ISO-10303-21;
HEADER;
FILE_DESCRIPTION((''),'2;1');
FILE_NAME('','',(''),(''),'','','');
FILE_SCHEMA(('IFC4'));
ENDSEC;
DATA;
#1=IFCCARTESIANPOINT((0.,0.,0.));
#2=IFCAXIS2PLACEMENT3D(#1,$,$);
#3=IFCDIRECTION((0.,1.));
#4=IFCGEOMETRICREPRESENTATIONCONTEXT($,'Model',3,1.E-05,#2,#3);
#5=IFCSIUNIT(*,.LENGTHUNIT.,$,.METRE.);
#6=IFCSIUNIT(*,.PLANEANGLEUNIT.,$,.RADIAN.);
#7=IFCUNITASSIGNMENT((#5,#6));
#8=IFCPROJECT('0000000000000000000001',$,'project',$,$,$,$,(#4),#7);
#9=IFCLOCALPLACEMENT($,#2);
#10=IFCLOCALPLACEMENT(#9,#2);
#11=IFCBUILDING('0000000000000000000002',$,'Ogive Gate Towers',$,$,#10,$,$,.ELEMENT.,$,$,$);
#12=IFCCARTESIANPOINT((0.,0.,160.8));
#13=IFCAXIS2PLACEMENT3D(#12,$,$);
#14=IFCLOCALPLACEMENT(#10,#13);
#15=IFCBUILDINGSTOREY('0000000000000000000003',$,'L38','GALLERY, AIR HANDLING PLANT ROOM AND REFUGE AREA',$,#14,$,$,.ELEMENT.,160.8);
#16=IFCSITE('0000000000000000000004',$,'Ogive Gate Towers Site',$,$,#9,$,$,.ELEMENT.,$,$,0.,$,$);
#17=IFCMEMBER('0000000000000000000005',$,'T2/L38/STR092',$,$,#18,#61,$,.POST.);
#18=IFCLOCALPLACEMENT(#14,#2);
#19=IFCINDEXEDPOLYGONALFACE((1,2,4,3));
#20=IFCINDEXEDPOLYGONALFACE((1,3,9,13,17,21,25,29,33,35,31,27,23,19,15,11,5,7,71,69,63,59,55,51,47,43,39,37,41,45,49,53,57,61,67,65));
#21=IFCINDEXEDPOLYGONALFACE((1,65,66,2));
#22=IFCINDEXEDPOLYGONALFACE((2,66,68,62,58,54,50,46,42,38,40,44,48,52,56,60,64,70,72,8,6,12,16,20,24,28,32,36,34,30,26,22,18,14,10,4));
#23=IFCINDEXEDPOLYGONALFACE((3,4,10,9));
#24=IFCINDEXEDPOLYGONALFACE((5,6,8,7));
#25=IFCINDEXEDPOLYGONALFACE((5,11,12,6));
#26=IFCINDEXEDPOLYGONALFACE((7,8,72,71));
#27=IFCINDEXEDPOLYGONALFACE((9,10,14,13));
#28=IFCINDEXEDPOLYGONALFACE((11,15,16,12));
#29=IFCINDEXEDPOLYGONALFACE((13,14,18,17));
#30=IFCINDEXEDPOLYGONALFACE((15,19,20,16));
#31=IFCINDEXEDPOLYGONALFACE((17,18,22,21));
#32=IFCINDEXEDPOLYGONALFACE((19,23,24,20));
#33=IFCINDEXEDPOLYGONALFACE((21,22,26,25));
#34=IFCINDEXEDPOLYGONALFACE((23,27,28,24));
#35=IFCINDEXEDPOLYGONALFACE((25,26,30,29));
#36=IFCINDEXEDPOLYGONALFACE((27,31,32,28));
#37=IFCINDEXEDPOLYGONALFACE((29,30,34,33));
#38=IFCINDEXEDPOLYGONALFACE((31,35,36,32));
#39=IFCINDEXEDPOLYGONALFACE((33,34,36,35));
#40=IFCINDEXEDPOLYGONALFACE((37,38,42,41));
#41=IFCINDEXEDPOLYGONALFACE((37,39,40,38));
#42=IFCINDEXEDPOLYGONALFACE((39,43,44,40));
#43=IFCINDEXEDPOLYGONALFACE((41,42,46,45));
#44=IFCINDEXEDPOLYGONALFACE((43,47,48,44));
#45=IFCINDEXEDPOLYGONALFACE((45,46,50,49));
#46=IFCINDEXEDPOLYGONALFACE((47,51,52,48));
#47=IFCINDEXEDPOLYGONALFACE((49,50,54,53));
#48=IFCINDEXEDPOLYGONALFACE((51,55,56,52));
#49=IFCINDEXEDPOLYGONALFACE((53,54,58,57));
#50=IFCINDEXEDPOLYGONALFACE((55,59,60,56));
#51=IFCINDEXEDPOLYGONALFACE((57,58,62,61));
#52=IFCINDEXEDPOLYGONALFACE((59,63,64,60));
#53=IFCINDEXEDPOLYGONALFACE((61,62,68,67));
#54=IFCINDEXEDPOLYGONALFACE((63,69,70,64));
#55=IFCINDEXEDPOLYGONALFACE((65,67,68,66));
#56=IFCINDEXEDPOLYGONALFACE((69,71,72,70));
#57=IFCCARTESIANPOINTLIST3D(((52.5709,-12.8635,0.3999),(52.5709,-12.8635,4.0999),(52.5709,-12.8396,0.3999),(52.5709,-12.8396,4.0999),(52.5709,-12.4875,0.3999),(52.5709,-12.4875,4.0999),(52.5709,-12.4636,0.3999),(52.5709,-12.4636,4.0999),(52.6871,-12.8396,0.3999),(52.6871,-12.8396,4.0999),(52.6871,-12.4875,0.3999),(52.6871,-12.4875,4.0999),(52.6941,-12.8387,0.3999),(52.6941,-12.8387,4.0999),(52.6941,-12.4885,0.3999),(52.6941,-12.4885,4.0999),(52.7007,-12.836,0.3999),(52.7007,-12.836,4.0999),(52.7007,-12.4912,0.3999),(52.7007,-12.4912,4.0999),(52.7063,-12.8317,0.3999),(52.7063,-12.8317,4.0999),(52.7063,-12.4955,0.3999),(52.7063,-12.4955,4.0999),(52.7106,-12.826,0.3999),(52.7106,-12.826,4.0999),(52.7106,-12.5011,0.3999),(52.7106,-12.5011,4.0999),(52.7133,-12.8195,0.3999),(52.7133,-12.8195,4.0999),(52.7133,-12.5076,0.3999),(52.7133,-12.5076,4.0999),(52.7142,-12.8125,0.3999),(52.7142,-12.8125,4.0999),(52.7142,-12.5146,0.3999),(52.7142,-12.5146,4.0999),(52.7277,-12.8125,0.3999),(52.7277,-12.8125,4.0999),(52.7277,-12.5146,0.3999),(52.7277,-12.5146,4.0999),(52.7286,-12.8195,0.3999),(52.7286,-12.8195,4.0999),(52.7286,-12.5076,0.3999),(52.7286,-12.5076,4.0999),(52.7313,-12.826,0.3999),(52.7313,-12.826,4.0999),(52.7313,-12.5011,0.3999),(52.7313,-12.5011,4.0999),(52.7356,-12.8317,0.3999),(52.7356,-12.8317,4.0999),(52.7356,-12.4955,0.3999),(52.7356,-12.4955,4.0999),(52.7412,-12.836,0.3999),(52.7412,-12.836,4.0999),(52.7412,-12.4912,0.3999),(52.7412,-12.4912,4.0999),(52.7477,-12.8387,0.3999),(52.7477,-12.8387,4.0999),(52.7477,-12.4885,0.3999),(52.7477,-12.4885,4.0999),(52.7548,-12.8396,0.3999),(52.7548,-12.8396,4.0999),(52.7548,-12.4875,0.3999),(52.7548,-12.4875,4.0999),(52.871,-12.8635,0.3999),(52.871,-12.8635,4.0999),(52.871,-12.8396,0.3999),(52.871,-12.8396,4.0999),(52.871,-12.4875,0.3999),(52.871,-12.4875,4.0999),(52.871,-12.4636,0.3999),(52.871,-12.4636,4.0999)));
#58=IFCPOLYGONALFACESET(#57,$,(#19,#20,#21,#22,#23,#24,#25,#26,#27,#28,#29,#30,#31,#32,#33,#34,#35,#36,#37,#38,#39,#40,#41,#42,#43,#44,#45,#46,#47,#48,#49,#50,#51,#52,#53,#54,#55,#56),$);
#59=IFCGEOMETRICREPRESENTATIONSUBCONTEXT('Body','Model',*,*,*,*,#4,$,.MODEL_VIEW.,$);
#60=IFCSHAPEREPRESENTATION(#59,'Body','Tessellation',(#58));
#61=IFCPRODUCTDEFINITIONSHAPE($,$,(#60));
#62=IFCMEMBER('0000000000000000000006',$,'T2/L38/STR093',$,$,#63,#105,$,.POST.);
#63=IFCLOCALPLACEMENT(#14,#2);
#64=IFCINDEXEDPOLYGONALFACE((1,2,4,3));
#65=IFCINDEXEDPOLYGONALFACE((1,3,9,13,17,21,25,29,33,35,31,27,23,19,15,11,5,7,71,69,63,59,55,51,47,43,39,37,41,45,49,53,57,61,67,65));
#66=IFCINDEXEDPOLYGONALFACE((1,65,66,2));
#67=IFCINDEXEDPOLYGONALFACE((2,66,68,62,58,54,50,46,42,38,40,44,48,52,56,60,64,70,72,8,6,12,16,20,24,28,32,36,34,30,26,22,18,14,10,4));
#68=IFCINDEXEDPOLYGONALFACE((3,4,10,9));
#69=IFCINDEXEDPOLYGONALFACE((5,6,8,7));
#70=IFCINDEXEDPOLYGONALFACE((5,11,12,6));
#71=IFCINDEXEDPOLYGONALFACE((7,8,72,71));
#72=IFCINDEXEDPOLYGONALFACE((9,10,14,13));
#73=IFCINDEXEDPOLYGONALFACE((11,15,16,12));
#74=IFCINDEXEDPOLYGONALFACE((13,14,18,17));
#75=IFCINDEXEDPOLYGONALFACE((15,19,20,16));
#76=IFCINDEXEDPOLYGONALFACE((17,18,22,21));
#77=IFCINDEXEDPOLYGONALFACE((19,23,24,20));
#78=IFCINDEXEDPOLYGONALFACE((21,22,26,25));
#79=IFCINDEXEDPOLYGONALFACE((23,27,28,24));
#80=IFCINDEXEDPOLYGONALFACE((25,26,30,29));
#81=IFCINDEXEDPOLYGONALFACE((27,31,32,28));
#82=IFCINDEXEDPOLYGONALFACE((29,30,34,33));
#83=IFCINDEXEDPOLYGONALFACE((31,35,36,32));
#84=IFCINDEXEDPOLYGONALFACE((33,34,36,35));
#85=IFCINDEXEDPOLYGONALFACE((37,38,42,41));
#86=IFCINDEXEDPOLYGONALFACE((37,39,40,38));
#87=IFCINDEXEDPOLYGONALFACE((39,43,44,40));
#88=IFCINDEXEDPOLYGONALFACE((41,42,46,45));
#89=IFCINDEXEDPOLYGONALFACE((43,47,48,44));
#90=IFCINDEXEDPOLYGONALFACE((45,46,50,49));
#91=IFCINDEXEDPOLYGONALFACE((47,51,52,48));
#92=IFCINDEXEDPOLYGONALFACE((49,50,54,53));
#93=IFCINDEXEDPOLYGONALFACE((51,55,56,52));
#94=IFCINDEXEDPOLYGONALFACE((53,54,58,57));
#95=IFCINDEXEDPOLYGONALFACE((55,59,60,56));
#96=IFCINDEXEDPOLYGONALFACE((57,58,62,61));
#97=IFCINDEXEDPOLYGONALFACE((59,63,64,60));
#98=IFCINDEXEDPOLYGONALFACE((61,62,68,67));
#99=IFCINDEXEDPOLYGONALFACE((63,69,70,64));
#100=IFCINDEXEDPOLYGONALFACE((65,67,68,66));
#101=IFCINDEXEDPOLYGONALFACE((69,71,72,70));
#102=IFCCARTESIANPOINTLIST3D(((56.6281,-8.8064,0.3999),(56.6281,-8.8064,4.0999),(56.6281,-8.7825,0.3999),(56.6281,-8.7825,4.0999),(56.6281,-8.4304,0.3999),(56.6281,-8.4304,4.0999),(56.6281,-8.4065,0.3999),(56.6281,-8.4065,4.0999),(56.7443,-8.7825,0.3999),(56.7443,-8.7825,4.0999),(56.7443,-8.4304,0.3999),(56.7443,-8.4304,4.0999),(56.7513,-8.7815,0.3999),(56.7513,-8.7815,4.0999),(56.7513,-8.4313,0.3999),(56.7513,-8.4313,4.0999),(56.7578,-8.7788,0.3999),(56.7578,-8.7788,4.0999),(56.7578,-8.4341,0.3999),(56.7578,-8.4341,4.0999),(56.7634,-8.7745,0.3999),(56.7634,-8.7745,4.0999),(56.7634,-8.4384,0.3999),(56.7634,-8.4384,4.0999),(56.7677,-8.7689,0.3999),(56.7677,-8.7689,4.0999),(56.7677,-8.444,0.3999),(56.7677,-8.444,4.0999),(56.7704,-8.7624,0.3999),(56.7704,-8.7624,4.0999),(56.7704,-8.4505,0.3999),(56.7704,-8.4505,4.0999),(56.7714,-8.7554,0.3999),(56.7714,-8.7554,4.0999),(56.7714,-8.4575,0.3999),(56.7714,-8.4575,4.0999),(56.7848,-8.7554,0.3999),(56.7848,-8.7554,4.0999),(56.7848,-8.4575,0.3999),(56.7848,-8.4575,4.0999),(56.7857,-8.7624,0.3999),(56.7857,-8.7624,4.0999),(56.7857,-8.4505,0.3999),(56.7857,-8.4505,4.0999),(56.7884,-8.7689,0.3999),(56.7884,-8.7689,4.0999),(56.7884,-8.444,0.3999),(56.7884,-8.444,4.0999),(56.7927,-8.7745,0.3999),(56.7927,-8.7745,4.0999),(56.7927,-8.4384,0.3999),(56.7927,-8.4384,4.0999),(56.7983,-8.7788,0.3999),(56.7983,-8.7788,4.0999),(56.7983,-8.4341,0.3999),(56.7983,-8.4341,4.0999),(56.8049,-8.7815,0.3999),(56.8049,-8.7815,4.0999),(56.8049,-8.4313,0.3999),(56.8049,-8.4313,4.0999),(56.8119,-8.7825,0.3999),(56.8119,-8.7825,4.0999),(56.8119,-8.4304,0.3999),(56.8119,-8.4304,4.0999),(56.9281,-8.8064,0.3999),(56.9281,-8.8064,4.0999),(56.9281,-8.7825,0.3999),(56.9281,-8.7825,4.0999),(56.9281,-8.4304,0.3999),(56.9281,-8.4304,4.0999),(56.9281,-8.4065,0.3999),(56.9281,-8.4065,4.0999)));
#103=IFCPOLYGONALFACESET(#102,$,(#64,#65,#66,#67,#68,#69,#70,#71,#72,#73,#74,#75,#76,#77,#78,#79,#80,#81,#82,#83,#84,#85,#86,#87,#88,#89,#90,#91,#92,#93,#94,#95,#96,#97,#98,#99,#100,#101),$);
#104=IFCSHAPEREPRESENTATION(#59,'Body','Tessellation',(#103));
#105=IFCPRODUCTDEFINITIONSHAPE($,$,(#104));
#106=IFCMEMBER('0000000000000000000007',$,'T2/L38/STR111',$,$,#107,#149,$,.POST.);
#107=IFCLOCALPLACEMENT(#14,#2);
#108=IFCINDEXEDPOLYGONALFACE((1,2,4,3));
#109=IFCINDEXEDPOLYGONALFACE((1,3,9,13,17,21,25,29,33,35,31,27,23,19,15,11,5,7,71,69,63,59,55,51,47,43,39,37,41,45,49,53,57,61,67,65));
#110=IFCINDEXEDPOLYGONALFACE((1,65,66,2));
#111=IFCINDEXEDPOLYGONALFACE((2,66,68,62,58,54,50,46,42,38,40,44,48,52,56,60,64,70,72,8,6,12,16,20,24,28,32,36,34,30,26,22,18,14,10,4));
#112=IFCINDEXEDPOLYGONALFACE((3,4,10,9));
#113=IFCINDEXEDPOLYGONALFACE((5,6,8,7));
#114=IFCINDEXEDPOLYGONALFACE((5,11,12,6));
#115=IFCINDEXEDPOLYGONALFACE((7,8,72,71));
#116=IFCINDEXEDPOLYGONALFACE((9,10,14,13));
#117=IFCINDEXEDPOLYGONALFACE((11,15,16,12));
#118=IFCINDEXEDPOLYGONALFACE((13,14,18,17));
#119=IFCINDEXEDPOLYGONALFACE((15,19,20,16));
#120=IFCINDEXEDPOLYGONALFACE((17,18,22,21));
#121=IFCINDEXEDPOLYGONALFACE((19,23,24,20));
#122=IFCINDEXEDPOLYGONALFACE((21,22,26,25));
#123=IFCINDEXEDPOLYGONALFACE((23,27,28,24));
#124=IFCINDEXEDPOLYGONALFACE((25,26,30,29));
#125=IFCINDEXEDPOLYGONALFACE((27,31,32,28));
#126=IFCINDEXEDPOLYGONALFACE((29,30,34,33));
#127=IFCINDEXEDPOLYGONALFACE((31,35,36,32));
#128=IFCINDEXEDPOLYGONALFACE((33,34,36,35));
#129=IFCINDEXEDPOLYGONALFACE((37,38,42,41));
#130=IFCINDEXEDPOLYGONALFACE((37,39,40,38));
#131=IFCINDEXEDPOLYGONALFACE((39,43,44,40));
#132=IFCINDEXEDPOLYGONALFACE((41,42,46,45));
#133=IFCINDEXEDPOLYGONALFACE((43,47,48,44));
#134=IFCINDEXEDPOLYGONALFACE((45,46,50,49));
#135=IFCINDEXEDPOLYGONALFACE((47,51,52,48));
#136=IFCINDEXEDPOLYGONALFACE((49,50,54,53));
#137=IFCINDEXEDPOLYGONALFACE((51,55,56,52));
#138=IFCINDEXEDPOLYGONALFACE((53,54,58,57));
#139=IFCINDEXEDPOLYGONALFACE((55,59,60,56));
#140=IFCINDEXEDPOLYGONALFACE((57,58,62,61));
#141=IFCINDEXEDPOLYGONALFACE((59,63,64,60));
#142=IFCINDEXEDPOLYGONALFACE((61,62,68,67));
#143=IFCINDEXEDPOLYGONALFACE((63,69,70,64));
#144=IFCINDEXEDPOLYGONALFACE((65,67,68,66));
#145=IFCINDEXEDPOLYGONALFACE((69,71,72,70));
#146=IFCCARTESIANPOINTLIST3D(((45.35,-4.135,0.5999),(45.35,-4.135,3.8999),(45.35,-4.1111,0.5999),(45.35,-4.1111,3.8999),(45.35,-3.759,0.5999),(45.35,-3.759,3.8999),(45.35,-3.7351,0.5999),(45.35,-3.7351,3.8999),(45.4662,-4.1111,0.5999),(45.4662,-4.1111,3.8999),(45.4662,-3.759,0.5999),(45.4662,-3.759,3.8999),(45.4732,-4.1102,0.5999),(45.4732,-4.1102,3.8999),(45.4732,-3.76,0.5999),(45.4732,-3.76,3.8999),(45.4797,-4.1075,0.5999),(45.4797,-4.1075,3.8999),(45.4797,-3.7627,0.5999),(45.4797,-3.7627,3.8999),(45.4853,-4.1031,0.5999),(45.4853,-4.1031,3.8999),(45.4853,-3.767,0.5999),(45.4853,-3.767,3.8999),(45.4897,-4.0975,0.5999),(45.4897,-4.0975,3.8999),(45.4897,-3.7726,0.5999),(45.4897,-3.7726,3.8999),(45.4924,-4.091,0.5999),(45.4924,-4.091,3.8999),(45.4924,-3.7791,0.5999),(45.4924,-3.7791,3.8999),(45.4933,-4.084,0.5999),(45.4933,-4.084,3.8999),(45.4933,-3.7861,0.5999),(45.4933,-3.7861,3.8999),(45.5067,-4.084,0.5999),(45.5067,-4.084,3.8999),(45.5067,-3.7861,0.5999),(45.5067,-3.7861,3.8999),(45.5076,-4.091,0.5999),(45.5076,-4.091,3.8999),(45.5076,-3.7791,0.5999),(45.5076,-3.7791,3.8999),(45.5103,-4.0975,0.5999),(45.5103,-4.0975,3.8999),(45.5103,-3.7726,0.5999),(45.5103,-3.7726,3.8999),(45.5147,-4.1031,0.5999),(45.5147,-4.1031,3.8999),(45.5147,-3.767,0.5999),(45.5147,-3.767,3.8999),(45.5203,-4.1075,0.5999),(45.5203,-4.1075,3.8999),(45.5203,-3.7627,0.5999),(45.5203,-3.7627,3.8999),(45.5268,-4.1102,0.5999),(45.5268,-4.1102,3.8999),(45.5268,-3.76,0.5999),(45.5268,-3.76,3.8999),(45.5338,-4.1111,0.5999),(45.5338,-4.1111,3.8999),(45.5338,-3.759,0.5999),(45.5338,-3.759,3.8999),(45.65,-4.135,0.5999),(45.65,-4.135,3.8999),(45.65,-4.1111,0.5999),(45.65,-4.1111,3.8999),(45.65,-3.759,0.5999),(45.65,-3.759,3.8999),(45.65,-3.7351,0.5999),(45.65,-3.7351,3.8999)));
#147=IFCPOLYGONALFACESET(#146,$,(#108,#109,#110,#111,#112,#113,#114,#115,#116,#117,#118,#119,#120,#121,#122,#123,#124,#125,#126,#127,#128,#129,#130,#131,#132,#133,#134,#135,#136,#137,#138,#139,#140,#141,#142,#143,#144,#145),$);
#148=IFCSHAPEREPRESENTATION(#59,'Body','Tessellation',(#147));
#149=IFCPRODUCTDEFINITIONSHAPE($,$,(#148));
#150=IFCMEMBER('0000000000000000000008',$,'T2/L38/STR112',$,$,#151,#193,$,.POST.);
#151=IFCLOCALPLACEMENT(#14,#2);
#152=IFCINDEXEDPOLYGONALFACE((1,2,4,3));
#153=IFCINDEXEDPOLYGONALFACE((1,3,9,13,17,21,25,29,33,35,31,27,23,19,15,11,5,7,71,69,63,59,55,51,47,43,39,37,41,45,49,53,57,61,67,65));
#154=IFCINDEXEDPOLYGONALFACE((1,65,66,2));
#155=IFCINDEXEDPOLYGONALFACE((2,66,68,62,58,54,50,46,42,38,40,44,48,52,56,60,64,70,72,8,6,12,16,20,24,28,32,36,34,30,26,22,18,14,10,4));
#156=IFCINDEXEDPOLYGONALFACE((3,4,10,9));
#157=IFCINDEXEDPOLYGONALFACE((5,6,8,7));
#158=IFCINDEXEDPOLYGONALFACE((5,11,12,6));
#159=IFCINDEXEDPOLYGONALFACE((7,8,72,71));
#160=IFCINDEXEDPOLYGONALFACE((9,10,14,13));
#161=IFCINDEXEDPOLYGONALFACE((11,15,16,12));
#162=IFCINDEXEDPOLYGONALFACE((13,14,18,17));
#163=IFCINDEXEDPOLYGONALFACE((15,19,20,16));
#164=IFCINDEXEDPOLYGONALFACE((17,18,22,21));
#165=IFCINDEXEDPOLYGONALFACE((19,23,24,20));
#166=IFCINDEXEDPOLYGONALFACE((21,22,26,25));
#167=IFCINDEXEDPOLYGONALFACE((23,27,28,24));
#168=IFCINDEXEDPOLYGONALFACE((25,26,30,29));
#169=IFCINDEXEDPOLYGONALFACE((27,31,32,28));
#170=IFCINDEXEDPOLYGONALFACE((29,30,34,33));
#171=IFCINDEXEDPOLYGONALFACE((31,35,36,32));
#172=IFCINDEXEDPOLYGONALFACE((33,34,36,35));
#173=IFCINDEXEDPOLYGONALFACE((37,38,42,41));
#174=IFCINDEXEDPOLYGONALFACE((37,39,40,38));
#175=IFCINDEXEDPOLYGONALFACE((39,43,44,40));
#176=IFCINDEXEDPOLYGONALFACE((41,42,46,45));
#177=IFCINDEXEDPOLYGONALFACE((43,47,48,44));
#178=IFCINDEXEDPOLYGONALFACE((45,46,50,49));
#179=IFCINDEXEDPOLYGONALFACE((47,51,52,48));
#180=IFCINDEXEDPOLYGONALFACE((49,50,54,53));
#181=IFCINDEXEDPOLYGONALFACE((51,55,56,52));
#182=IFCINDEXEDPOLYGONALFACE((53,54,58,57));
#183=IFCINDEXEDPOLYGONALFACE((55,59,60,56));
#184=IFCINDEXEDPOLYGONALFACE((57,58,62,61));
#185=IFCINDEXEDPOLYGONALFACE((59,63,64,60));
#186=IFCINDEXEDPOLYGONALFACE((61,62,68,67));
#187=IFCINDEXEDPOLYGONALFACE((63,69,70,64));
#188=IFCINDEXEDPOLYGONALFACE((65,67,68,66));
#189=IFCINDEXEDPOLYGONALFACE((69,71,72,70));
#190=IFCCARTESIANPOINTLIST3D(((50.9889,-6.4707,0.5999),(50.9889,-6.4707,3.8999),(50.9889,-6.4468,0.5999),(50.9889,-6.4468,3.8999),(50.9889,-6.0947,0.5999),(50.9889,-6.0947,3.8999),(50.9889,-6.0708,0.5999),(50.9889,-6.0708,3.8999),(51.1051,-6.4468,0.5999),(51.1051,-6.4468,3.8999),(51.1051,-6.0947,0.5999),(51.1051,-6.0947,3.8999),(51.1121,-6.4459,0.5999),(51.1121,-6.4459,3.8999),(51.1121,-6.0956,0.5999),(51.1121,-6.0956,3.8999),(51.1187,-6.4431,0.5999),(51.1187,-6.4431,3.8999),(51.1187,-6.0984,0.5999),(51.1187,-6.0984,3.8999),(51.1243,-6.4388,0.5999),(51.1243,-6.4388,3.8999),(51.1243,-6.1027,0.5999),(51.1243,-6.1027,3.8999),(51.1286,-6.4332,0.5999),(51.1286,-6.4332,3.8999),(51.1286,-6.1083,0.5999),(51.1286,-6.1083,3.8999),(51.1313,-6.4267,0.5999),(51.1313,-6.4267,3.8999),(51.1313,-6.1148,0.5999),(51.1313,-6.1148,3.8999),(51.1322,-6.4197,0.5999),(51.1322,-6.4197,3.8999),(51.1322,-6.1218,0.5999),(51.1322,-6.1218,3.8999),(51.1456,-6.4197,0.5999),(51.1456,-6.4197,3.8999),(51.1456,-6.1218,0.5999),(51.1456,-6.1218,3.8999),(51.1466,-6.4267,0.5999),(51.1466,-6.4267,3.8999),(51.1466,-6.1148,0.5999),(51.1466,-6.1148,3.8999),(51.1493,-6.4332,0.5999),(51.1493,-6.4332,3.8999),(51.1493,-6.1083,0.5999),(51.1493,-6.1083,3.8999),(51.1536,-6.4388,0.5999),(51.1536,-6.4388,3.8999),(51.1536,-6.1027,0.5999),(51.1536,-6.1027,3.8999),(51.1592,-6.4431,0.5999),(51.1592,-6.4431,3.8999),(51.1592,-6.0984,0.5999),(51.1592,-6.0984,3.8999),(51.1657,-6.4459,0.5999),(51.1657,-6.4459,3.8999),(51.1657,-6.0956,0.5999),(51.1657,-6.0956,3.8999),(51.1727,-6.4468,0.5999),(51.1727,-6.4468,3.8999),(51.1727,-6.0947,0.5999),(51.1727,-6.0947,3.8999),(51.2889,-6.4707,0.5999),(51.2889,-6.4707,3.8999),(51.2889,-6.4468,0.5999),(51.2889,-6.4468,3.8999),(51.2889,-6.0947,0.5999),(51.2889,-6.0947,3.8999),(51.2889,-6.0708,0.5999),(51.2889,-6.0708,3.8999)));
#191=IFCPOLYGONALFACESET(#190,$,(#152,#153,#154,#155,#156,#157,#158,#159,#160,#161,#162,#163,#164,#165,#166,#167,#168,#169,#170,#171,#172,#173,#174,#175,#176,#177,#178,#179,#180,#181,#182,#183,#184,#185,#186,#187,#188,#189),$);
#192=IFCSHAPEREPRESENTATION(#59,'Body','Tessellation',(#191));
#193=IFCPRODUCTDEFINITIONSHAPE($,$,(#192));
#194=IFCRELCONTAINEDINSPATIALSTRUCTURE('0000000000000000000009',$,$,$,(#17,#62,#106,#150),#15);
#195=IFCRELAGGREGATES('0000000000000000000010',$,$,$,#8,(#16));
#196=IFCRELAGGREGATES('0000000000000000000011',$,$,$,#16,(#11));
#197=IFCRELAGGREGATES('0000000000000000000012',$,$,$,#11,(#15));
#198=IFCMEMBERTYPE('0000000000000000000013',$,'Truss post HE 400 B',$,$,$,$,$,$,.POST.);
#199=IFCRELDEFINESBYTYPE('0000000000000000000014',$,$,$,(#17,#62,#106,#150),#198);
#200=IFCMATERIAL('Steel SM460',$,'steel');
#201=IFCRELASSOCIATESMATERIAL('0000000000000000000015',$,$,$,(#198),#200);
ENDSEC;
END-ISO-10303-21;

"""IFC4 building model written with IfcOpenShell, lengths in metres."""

from ifc_helpers import new_model, si_unit, direction, frame, origin, origin_2d, place, context, subcontext, project, spatial, i_section, extrude, material, material_profile, profile_set, type_object, element, save


model = new_model("IFC4")

# Units and contexts
model_context = context("Model", 3, precision=1e-05, world=origin(), true_north=direction((0.0, 1.0)))
body_context = subcontext(model_context, "Body", "Model", "MODEL_VIEW")
ifc_project = project(units=[si_unit("LENGTHUNIT", "METRE"), si_unit("PLANEANGLEUNIT", "RADIAN")], contexts=[model_context])

# Site, building, storey
site_placement = place(None, origin())
site = spatial("IfcSite", under=ifc_project, at=site_placement, Name="Ogive Gate Towers Site", CompositionType="ELEMENT", RefElevation=0.0)
building_placement = place(site_placement, origin())
building = spatial("IfcBuilding", under=site, at=building_placement, Name="Ogive Gate Towers", CompositionType="ELEMENT")
storey_placement = place(building_placement, frame((0.0, 0.0, 160.8)))
storey = spatial("IfcBuildingStorey", under=building, at=storey_placement, Name="L38", Description="GALLERY, AIR HANDLING PLANT ROOM AND REFUGE AREA", CompositionType="ELEMENT", Elevation=160.8)

# Shared definitions
ifc_material_1 = material(Name="Steel SM460", Category="steel")

# Members
ifc_material_profile_1 = material_profile(ifc_material_1, i_section(OverallWidth=0.3, OverallDepth=0.3999, WebThickness=0.0134, FlangeThickness=0.0239, FilletRadius=0.0271, at=origin_2d()), Name="HE 400 B")
ifc_profile_set_1 = profile_set([ifc_material_profile_1], Name="Steel SM460")
member_type_1 = type_object("IfcMemberType", Name="Truss post HE 400 B", PredefinedType="POST", material=ifc_profile_set_1)
for number, where, z_axis, x_axis, name in (
    (1, (52.7209, -12.6636, 0.3999), (0.0, 0.0, 1.0), (1.0, 0.0, 0.0), "T2/L38/STR092"),
    (2, (56.7781, -8.6064, 0.3999), (0.0, 0.0, 1.0), (1.0, 0.0, 0.0), "T2/L38/STR093"),
):
    element("IfcMember", number, at=place(storey_placement, frame(where, z_axis=z_axis, x_axis=x_axis)), inside=storey, type_object=member_type_1, Name=name, PredefinedType="POST", context=body_context, shape_type="SweptSolid", body=[
        extrude(i_section(OverallWidth=0.3, OverallDepth=0.3999, WebThickness=0.0134, FlangeThickness=0.0239, FilletRadius=0.0271, at=origin_2d()), origin(), (0.0, 0.0, 1.0), 3.7),
    ])
for number, where, z_axis, x_axis, name in (
    (3, (45.5, -3.9351, 0.5999), (0.0, 0.0, 1.0), (1.0, 0.0, 0.0), "T2/L38/STR111"),
    (4, (51.1389, -6.2708, 0.5999), (0.0, 0.0, 1.0), (1.0, 0.0, 0.0), "T2/L38/STR112"),
):
    element("IfcMember", number, at=place(storey_placement, frame(where, z_axis=z_axis, x_axis=x_axis)), inside=storey, type_object=member_type_1, Name=name, PredefinedType="POST", context=body_context, shape_type="SweptSolid", body=[
        extrude(i_section(OverallWidth=0.3, OverallDepth=0.3999, WebThickness=0.0134, FlangeThickness=0.0239, FilletRadius=0.0271, at=origin_2d()), origin(), (0.0, 0.0, 1.0), 3.3),
    ])

save(model, "model.ifc")
